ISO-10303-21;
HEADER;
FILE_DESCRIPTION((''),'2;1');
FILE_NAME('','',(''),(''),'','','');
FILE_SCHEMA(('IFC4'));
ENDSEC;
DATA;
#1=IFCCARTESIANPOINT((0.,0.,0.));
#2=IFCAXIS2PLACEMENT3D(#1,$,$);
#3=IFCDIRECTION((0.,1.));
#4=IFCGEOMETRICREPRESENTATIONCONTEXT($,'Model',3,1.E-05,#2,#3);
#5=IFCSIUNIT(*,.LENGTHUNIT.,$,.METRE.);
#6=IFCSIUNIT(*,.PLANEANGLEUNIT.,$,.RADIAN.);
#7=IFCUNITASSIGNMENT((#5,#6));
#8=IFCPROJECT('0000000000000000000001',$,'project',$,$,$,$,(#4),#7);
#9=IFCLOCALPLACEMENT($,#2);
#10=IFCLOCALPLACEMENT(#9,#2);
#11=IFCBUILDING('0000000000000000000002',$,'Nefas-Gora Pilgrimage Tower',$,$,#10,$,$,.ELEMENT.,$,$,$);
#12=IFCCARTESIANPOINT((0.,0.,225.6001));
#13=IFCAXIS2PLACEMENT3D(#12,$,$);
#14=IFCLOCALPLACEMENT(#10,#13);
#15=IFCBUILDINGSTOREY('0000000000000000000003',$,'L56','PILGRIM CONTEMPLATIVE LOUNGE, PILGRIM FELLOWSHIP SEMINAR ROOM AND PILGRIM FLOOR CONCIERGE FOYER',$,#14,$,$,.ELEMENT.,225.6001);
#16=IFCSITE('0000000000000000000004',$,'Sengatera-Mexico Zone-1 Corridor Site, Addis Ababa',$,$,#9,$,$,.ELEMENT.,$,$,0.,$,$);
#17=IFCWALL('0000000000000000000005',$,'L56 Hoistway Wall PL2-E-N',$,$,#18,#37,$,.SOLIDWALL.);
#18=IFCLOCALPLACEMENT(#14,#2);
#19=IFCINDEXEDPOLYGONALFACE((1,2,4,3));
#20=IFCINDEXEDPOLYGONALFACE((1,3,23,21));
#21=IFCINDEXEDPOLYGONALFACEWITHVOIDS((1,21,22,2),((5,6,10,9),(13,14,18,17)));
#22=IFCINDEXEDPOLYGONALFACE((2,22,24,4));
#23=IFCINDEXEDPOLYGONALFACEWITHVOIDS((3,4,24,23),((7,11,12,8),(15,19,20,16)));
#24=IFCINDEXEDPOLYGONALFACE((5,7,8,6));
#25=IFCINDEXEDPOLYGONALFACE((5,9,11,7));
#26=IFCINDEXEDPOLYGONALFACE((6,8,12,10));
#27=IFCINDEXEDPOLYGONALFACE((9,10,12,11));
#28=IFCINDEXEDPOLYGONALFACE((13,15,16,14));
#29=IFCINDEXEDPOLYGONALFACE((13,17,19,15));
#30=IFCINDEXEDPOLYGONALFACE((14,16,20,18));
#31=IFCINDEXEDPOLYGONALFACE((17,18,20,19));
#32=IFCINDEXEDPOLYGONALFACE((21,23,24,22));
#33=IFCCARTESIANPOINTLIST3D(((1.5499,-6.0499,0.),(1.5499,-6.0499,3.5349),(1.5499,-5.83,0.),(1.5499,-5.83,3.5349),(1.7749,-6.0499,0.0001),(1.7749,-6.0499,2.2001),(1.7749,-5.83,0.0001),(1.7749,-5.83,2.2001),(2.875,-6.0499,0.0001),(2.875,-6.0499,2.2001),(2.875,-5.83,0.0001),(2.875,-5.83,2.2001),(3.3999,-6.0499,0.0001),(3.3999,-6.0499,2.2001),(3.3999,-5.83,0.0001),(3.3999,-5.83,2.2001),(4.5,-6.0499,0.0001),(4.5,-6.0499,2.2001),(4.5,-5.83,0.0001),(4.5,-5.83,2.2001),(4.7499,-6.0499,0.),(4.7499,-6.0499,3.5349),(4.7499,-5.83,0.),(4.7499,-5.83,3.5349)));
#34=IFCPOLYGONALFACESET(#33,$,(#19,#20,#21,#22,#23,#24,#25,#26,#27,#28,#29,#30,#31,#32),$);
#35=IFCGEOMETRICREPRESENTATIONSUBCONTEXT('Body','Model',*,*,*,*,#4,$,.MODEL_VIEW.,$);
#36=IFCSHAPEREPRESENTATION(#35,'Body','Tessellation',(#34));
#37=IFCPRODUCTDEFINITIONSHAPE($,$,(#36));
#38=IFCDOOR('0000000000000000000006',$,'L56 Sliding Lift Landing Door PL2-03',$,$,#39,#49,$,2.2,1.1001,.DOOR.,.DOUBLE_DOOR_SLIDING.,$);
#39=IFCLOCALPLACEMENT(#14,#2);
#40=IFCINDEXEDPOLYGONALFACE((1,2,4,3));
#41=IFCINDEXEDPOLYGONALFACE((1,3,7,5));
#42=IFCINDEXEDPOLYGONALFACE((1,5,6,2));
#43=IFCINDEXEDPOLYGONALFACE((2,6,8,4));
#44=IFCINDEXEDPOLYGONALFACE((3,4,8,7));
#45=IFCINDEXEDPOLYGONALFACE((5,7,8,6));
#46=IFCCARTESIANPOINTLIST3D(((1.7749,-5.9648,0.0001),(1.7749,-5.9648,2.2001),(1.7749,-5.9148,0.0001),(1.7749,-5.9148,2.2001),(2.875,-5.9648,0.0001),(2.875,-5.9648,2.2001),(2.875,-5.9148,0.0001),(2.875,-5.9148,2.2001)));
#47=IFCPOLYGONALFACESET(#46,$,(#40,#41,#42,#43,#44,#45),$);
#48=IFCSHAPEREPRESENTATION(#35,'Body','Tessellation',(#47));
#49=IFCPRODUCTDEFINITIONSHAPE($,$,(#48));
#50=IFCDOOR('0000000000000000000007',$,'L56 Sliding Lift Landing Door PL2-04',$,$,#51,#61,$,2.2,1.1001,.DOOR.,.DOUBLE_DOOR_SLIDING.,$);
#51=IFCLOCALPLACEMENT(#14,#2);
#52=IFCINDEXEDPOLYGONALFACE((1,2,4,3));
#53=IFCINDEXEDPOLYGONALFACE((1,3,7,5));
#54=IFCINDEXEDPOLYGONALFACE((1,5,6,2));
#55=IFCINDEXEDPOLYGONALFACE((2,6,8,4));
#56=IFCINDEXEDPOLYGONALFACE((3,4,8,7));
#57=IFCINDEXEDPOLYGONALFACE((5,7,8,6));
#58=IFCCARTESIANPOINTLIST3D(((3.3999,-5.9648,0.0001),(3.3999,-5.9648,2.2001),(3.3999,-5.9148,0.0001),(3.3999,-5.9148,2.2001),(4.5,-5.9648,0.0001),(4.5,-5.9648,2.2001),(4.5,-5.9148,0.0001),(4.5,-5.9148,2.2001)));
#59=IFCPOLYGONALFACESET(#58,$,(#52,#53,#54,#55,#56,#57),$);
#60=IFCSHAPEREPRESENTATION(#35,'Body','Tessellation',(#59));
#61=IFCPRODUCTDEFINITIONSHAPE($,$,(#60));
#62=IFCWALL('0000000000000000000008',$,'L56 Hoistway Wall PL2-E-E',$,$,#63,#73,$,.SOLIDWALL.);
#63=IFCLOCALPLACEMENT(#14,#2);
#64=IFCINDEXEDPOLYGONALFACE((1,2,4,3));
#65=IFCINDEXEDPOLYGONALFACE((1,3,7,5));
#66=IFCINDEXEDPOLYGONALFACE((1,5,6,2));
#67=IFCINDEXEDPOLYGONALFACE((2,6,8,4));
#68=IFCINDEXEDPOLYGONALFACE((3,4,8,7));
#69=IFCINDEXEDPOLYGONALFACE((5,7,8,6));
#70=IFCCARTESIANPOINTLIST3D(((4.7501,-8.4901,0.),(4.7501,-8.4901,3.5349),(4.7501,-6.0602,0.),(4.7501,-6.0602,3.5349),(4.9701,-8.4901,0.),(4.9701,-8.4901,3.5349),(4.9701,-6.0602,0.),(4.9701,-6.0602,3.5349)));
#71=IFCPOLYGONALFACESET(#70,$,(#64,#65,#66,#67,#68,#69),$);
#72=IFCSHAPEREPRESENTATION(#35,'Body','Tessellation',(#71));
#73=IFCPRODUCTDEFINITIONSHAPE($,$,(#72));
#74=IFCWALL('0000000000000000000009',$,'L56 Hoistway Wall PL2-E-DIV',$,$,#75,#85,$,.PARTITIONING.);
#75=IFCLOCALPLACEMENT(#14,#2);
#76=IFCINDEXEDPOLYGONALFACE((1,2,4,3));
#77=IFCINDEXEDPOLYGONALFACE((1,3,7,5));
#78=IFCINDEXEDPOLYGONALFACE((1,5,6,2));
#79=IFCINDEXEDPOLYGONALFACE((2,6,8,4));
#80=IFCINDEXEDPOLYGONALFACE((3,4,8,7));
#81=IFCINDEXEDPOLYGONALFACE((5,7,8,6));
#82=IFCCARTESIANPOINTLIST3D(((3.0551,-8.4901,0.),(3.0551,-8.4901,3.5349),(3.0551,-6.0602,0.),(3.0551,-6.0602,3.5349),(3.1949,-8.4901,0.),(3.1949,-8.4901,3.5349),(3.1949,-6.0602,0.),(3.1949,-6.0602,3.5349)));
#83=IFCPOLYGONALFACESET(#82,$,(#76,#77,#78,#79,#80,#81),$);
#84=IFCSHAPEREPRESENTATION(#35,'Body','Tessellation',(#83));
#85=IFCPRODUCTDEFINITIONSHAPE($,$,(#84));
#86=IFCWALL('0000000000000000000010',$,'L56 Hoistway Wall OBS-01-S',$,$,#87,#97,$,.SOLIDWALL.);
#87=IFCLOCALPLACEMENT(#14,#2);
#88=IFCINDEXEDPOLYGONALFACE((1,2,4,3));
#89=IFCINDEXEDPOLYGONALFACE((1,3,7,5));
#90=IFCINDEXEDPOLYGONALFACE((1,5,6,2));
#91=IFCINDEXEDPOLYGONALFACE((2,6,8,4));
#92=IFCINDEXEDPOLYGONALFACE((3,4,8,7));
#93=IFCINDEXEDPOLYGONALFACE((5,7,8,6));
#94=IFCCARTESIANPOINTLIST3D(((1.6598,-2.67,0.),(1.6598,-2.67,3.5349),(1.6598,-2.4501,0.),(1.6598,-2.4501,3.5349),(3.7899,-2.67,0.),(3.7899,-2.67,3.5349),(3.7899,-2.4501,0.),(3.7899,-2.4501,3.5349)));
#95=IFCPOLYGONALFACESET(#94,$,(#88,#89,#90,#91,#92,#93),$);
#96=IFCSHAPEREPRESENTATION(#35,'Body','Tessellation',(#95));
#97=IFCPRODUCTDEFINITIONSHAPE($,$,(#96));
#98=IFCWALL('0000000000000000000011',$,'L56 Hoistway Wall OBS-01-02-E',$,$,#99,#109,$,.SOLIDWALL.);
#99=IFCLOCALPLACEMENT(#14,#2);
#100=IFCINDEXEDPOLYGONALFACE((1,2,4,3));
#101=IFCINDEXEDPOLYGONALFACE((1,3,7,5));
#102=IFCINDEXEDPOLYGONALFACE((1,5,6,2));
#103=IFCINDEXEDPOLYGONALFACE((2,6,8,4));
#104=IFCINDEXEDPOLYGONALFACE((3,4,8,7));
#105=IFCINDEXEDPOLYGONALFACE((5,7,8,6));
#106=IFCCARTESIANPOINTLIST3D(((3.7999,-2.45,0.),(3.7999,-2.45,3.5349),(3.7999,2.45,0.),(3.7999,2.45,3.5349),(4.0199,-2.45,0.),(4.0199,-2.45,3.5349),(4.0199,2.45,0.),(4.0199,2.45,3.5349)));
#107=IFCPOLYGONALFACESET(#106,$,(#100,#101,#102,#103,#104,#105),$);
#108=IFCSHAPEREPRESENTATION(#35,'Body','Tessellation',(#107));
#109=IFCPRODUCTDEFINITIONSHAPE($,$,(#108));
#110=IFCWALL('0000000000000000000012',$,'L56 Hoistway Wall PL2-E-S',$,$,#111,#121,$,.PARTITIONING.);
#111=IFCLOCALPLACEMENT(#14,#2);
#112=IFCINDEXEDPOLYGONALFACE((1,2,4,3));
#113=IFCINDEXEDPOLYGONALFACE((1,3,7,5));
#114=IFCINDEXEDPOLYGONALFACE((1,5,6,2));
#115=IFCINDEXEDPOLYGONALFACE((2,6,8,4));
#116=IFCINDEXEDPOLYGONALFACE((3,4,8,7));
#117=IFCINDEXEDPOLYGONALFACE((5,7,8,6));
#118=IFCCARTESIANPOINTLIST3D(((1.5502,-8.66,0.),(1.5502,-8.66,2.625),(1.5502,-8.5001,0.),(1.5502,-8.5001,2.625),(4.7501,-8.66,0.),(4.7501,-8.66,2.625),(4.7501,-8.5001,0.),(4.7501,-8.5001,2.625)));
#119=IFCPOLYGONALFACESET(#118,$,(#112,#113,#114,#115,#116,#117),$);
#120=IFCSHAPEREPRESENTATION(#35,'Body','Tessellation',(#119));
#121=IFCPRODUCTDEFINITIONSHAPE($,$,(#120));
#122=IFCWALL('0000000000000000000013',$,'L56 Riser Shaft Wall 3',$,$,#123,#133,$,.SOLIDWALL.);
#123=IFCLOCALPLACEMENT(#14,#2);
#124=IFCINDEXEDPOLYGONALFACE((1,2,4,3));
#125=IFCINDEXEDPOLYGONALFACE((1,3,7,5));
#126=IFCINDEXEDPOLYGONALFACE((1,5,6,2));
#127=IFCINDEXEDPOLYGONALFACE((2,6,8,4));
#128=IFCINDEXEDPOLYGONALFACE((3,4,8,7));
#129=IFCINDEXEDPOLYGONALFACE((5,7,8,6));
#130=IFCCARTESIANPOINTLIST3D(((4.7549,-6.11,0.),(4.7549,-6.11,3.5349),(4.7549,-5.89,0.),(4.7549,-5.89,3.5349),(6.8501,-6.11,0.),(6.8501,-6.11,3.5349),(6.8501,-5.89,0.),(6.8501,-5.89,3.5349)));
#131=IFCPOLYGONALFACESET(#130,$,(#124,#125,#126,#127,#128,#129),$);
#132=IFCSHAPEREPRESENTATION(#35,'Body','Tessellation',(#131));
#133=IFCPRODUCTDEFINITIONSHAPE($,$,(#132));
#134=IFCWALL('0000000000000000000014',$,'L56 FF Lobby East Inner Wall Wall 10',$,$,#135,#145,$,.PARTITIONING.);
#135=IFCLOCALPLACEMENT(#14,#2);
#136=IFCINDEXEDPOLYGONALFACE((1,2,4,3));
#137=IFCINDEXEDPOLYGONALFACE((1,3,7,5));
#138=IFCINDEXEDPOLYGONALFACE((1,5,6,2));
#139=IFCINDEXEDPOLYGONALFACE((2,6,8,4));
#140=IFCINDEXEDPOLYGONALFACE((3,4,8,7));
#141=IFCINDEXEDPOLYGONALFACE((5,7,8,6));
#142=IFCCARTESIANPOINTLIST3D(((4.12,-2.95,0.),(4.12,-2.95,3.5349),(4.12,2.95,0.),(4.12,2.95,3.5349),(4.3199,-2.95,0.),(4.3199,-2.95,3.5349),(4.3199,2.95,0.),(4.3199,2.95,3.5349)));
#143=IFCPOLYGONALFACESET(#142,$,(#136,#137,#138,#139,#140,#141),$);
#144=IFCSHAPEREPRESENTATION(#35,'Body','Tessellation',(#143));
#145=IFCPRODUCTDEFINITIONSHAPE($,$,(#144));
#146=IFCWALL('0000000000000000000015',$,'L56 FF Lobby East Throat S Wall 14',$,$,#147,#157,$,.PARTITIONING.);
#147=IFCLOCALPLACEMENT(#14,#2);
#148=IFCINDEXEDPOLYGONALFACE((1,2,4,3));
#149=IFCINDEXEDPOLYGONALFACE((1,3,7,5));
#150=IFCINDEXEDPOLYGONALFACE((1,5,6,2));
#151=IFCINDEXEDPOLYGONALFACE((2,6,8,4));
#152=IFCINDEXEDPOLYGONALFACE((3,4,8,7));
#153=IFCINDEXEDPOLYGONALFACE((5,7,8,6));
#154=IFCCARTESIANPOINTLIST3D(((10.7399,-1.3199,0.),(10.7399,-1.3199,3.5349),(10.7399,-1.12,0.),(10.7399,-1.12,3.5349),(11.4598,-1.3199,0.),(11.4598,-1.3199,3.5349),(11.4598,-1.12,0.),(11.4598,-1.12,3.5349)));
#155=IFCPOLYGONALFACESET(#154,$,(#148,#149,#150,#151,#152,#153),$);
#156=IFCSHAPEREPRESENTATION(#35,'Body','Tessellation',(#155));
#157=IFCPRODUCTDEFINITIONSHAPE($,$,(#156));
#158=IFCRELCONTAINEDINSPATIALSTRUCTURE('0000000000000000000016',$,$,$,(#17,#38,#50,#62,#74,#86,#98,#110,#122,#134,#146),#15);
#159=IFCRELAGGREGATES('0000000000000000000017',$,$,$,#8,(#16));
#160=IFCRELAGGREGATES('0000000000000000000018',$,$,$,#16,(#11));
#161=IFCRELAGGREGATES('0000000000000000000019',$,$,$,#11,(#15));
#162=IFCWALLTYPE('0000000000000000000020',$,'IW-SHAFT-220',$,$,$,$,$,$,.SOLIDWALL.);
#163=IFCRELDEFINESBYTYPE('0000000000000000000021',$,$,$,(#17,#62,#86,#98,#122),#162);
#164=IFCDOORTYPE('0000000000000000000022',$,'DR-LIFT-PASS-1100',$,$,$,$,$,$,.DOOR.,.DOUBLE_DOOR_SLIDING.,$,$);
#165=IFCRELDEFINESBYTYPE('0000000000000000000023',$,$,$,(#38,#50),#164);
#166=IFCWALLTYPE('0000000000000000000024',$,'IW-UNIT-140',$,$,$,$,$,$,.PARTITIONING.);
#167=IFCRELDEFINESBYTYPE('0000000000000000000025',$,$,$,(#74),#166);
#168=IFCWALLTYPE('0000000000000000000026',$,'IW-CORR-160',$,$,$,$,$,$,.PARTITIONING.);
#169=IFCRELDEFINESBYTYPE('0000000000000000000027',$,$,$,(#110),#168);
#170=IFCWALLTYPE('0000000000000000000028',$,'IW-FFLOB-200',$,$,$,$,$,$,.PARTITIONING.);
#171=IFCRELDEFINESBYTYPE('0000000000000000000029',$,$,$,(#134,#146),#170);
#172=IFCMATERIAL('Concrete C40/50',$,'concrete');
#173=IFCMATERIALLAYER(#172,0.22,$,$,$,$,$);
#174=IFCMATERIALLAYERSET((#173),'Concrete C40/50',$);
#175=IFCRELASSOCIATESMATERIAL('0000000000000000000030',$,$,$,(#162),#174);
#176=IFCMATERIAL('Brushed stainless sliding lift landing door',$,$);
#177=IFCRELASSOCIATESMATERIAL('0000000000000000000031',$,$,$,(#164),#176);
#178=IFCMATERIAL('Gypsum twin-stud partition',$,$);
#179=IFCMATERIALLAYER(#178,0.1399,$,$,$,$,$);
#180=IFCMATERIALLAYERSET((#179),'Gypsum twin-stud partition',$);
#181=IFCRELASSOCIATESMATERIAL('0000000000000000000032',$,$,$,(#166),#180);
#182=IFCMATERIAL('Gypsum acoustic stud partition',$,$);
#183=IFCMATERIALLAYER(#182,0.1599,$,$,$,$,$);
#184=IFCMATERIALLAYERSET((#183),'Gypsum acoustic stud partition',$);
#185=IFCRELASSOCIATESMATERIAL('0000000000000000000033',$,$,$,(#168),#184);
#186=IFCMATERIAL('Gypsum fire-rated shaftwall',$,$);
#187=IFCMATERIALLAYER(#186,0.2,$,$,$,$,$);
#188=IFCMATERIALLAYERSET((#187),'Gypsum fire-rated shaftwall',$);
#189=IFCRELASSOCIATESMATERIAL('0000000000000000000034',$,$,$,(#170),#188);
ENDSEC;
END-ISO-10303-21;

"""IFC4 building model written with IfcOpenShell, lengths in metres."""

from ifc_helpers import new_model, si_unit, direction, frame, frame_2d, origin, place, context, subcontext, project, spatial, rectangle, extrude, source, transform, mapped, material, layer, layer_set, type_object, element, fill, save


model = new_model("IFC4")

# Units and contexts
model_context = context("Model", 3, precision=1e-05, world=origin(), true_north=direction((0.0, 1.0)))
body_context = subcontext(model_context, "Body", "Model", "MODEL_VIEW")
ifc_project = project(units=[si_unit("LENGTHUNIT", "METRE"), si_unit("PLANEANGLEUNIT", "RADIAN")], contexts=[model_context])

# Site, building, storey
site_placement = place(None, origin())
site = spatial("IfcSite", under=ifc_project, at=site_placement, Name="Sengatera-Mexico Zone-1 Corridor Site, Addis Ababa", CompositionType="ELEMENT", RefElevation=0.0)
building_placement = place(site_placement, origin())
building = spatial("IfcBuilding", under=site, at=building_placement, Name="Nefas-Gora Pilgrimage Tower", CompositionType="ELEMENT")
storey_placement = place(building_placement, frame((0.0, 0.0, 225.6001)))
storey = spatial("IfcBuildingStorey", under=building, at=storey_placement, Name="L56", Description="PILGRIM CONTEMPLATIVE LOUNGE, PILGRIM FELLOWSHIP SEMINAR ROOM AND PILGRIM FLOOR CONCIERGE FOYER", CompositionType="ELEMENT", Elevation=225.6001)

# Shared definitions
ifc_material_1 = material(Name="Concrete C40/50", Category="concrete")
ifc_layer_1 = layer(ifc_material_1, 0.22)
ifc_layer_set_1 = layer_set([ifc_layer_1], Name="Concrete C40/50")
wall_type_1 = type_object("IfcWallType", Name="IW-SHAFT-220", PredefinedType="SOLIDWALL", material=ifc_layer_set_1)

# Wall, openings, doors
shared_shape_1 = source(origin(), body_context, "Body", "SweptSolid", [
    extrude(rectangle(XDim=3.2, YDim=0.22, at=frame_2d((1.6001, 0.0))), origin(), (0.0, 0.0, 1.0), 3.5349),
])
wall_1_placement = place(storey_placement, frame((4.75, -5.9399, 0.0), z_axis=(0.0, 0.0, 1.0), x_axis=(-1.0, 0.0, 0.0)))
wall_1 = element("IfcWall", 1, at=wall_1_placement, inside=storey, type_object=wall_type_1, Name="L56 Hoistway Wall PL2-E-N", PredefinedType="SOLIDWALL", context=body_context, shape_type="MappedRepresentation", body=[
    mapped(shared_shape_1, transform((0.0, 0.0, 0.0), x_axis=(1.0, 0.0, 0.0), y_axis=(0.0, 1.0, 0.0), z_axis=(0.0, 0.0, 1.0), scale=1.0)),
])
opening_1_placement = place(wall_1_placement, frame((1.875, 0.0, 0.0)))
opening_1 = element("IfcOpeningElement", 2, at=opening_1_placement, cuts=wall_1, PredefinedType="OPENING", context=body_context, shape_type="SweptSolid", body=[
    extrude(rectangle(XDim=1.1001, YDim=2.2, at=frame_2d((0.55, 1.1001))), frame((0.0, 0.1199, 0.0), z_axis=(0.0, -1.0, 0.0), x_axis=(1.0, 0.0, 0.0)), (0.0, 0.0, 1.0), 0.24),
])
opening_2_placement = place(wall_1_placement, frame((0.25, 0.0, 0.0)))
opening_2 = element("IfcOpeningElement", 3, at=opening_2_placement, cuts=wall_1, PredefinedType="OPENING", context=body_context, shape_type="SweptSolid", body=[
    extrude(rectangle(XDim=1.1001, YDim=2.2, at=frame_2d((0.55, 1.1001))), frame((0.0, 0.1199, 0.0), z_axis=(0.0, -1.0, 0.0), x_axis=(1.0, 0.0, 0.0)), (0.0, 0.0, 1.0), 0.24),
])
ifc_material_2 = material(Name="Brushed stainless sliding lift landing door")
door_type_1 = type_object("IfcDoorType", Name="DR-LIFT-PASS-1100", OperationType="DOUBLE_DOOR_SLIDING", PredefinedType="DOOR", material=ifc_material_2)
shared_shape_2 = source(origin(), body_context, "Body", "SweptSolid", [
    extrude(rectangle(XDim=1.1001, YDim=2.2, at=frame_2d((0.55, 1.1001))), frame((0.0, 0.0249, 0.0), z_axis=(0.0, -1.0, 0.0), x_axis=(1.0, 0.0, 0.0)), (0.0, 0.0, 1.0), 0.05),
])
door_1_placement = place(opening_1_placement, origin())
door_1 = element("IfcDoor", 4, at=door_1_placement, inside=storey, type_object=door_type_1, Name="L56 Sliding Lift Landing Door PL2-03", OperationType="DOUBLE_DOOR_SLIDING", OverallHeight=2.2, OverallWidth=1.1001, PredefinedType="DOOR", context=body_context, shape_type="MappedRepresentation", body=[
    mapped(shared_shape_2, transform((0.0, 0.0, 0.0), x_axis=(1.0, 0.0, 0.0), y_axis=(0.0, 1.0, 0.0), z_axis=(0.0, 0.0, 1.0), scale=1.0)),
])
fill(opening_1, door_1)
door_2_placement = place(opening_2_placement, origin())
door_2 = element("IfcDoor", 5, at=door_2_placement, inside=storey, type_object=door_type_1, Name="L56 Sliding Lift Landing Door PL2-04", OperationType="DOUBLE_DOOR_SLIDING", OverallHeight=2.2, OverallWidth=1.1001, PredefinedType="DOOR", context=body_context, shape_type="MappedRepresentation", body=[
    mapped(shared_shape_2, transform((0.0, 0.0, 0.0), x_axis=(1.0, 0.0, 0.0), y_axis=(0.0, 1.0, 0.0), z_axis=(0.0, 0.0, 1.0), scale=1.0)),
])
fill(opening_2, door_2)

# Walls
shared_shape_3 = source(origin(), body_context, "Body", "SweptSolid", [
    extrude(rectangle(XDim=2.4299, YDim=0.22, at=frame_2d((1.2148, 0.0))), origin(), (0.0, 0.0, 1.0), 3.5349),
])
for number, where, z_axis, x_axis, name in (
    (6, (4.8601, -8.49, 0.0), (0.0, 0.0, 1.0), (0.0, 1.0, 0.0), "L56 Hoistway Wall PL2-E-E"),
):
    element("IfcWall", number, at=place(storey_placement, frame(where, z_axis=z_axis, x_axis=x_axis)), inside=storey, type_object=wall_type_1, Name=name, PredefinedType="SOLIDWALL", context=body_context, shape_type="MappedRepresentation", body=[
        mapped(shared_shape_3, transform((0.0, 0.0, 0.0), x_axis=(1.0, 0.0, 0.0), y_axis=(0.0, 1.0, 0.0), z_axis=(0.0, 0.0, 1.0), scale=1.0)),
    ])
ifc_material_3 = material(Name="Gypsum twin-stud partition")
ifc_layer_2 = layer(ifc_material_3, 0.1399)
ifc_layer_set_2 = layer_set([ifc_layer_2], Name="Gypsum twin-stud partition")
wall_type_2 = type_object("IfcWallType", Name="IW-UNIT-140", PredefinedType="PARTITIONING", material=ifc_layer_set_2)
shared_shape_4 = source(origin(), body_context, "Body", "SweptSolid", [
    extrude(rectangle(XDim=2.4299, YDim=0.1399, at=frame_2d((1.2148, 0.0))), origin(), (0.0, 0.0, 1.0), 3.5349),
])
wall_2_placement = place(storey_placement, frame((3.125, -8.49, 0.0), z_axis=(0.0, 0.0, 1.0), x_axis=(0.0, 1.0, 0.0)))
element("IfcWall", 7, at=wall_2_placement, inside=storey, type_object=wall_type_2, Name="L56 Hoistway Wall PL2-E-DIV", PredefinedType="PARTITIONING", context=body_context, shape_type="MappedRepresentation", body=[
    mapped(shared_shape_4, transform((0.0, 0.0, 0.0), x_axis=(1.0, 0.0, 0.0), y_axis=(0.0, 1.0, 0.0), z_axis=(0.0, 0.0, 1.0), scale=1.0)),
])
shared_shape_5 = source(origin(), body_context, "Body", "SweptSolid", [
    extrude(rectangle(XDim=2.1301, YDim=0.22, at=frame_2d((1.0649, 0.0))), origin(), (0.0, 0.0, 1.0), 3.5349),
])
wall_3_placement = place(storey_placement, frame((1.6599, -2.5601, 0.0), z_axis=(0.0, 0.0, 1.0), x_axis=(1.0, 0.0, 0.0)))
element("IfcWall", 8, at=wall_3_placement, inside=storey, type_object=wall_type_1, Name="L56 Hoistway Wall OBS-01-S", PredefinedType="SOLIDWALL", context=body_context, shape_type="MappedRepresentation", body=[
    mapped(shared_shape_5, transform((0.0, 0.0, 0.0), x_axis=(1.0, 0.0, 0.0), y_axis=(0.0, 1.0, 0.0), z_axis=(0.0, 0.0, 1.0), scale=1.0)),
])
shared_shape_6 = source(origin(), body_context, "Body", "SweptSolid", [
    extrude(rectangle(XDim=4.8999, YDim=0.22, at=frame_2d((2.45, 0.0))), origin(), (0.0, 0.0, 1.0), 3.5349),
])
wall_4_placement = place(storey_placement, frame((3.9099, -2.45, 0.0), z_axis=(0.0, 0.0, 1.0), x_axis=(0.0, 1.0, 0.0)))
element("IfcWall", 9, at=wall_4_placement, inside=storey, type_object=wall_type_1, Name="L56 Hoistway Wall OBS-01-02-E", PredefinedType="SOLIDWALL", context=body_context, shape_type="MappedRepresentation", body=[
    mapped(shared_shape_6, transform((0.0, 0.0, 0.0), x_axis=(1.0, 0.0, 0.0), y_axis=(0.0, 1.0, 0.0), z_axis=(0.0, 0.0, 1.0), scale=1.0)),
])
ifc_material_4 = material(Name="Gypsum acoustic stud partition")
ifc_layer_3 = layer(ifc_material_4, 0.1599)
ifc_layer_set_3 = layer_set([ifc_layer_3], Name="Gypsum acoustic stud partition")
wall_type_3 = type_object("IfcWallType", Name="IW-CORR-160", PredefinedType="PARTITIONING", material=ifc_layer_set_3)
shared_shape_7 = source(origin(), body_context, "Body", "SweptSolid", [
    extrude(rectangle(XDim=3.2, YDim=0.1599, at=frame_2d((1.6001, 0.0))), origin(), (0.0, 0.0, 1.0), 2.625),
])
wall_5_placement = place(storey_placement, frame((1.55, -8.5801, 0.0), z_axis=(0.0, 0.0, 1.0), x_axis=(1.0, 0.0, 0.0)))
element("IfcWall", 10, at=wall_5_placement, inside=storey, type_object=wall_type_3, Name="L56 Hoistway Wall PL2-E-S", PredefinedType="PARTITIONING", context=body_context, shape_type="MappedRepresentation", body=[
    mapped(shared_shape_7, transform((0.0, 0.0, 0.0), x_axis=(1.0, 0.0, 0.0), y_axis=(0.0, 1.0, 0.0), z_axis=(0.0, 0.0, 1.0), scale=1.0)),
])
shared_shape_8 = source(origin(), body_context, "Body", "SweptSolid", [
    extrude(rectangle(XDim=2.0952, YDim=0.22, at=frame_2d((1.0476, 0.0))), origin(), (0.0, 0.0, 1.0), 3.5349),
])
wall_6_placement = place(storey_placement, frame((4.7549, -6.0, 0.0), z_axis=(0.0, 0.0, 1.0), x_axis=(1.0, 0.0, 0.0)))
element("IfcWall", 11, at=wall_6_placement, inside=storey, type_object=wall_type_1, Name="L56 Riser Shaft Wall 3", PredefinedType="SOLIDWALL", context=body_context, shape_type="MappedRepresentation", body=[
    mapped(shared_shape_8, transform((0.0, 0.0, 0.0), x_axis=(1.0, 0.0, 0.0), y_axis=(0.0, 1.0, 0.0), z_axis=(0.0, 0.0, 1.0), scale=1.0)),
])
ifc_material_5 = material(Name="Gypsum fire-rated shaftwall")
ifc_layer_4 = layer(ifc_material_5, 0.2)
ifc_layer_set_4 = layer_set([ifc_layer_4], Name="Gypsum fire-rated shaftwall")
wall_type_4 = type_object("IfcWallType", Name="IW-FFLOB-200", PredefinedType="PARTITIONING", material=ifc_layer_set_4)
shared_shape_9 = source(origin(), body_context, "Body", "SweptSolid", [
    extrude(rectangle(XDim=5.8999, YDim=0.2, at=frame_2d((2.95, 0.0))), origin(), (0.0, 0.0, 1.0), 3.5349),
])
wall_7_placement = place(storey_placement, frame((4.22, -2.95, 0.0), z_axis=(0.0, 0.0, 1.0), x_axis=(0.0, 1.0, 0.0)))
element("IfcWall", 12, at=wall_7_placement, inside=storey, type_object=wall_type_4, Name="L56 FF Lobby East Inner Wall Wall 10", PredefinedType="PARTITIONING", context=body_context, shape_type="MappedRepresentation", body=[
    mapped(shared_shape_9, transform((0.0, 0.0, 0.0), x_axis=(1.0, 0.0, 0.0), y_axis=(0.0, 1.0, 0.0), z_axis=(0.0, 0.0, 1.0), scale=1.0)),
])
shared_shape_10 = source(origin(), body_context, "Body", "SweptSolid", [
    extrude(rectangle(XDim=0.72, YDim=0.2, at=frame_2d((0.3599, 0.0))), origin(), (0.0, 0.0, 1.0), 3.5349),
])
wall_8_placement = place(storey_placement, frame((10.74, -1.22, 0.0), z_axis=(0.0, 0.0, 1.0), x_axis=(1.0, 0.0, 0.0)))
element("IfcWall", 13, at=wall_8_placement, inside=storey, type_object=wall_type_4, Name="L56 FF Lobby East Throat S Wall 14", PredefinedType="PARTITIONING", context=body_context, shape_type="MappedRepresentation", body=[
    mapped(shared_shape_10, transform((0.0, 0.0, 0.0), x_axis=(1.0, 0.0, 0.0), y_axis=(0.0, 1.0, 0.0), z_axis=(0.0, 0.0, 1.0), scale=1.0)),
])

save(model, "model.ifc")
